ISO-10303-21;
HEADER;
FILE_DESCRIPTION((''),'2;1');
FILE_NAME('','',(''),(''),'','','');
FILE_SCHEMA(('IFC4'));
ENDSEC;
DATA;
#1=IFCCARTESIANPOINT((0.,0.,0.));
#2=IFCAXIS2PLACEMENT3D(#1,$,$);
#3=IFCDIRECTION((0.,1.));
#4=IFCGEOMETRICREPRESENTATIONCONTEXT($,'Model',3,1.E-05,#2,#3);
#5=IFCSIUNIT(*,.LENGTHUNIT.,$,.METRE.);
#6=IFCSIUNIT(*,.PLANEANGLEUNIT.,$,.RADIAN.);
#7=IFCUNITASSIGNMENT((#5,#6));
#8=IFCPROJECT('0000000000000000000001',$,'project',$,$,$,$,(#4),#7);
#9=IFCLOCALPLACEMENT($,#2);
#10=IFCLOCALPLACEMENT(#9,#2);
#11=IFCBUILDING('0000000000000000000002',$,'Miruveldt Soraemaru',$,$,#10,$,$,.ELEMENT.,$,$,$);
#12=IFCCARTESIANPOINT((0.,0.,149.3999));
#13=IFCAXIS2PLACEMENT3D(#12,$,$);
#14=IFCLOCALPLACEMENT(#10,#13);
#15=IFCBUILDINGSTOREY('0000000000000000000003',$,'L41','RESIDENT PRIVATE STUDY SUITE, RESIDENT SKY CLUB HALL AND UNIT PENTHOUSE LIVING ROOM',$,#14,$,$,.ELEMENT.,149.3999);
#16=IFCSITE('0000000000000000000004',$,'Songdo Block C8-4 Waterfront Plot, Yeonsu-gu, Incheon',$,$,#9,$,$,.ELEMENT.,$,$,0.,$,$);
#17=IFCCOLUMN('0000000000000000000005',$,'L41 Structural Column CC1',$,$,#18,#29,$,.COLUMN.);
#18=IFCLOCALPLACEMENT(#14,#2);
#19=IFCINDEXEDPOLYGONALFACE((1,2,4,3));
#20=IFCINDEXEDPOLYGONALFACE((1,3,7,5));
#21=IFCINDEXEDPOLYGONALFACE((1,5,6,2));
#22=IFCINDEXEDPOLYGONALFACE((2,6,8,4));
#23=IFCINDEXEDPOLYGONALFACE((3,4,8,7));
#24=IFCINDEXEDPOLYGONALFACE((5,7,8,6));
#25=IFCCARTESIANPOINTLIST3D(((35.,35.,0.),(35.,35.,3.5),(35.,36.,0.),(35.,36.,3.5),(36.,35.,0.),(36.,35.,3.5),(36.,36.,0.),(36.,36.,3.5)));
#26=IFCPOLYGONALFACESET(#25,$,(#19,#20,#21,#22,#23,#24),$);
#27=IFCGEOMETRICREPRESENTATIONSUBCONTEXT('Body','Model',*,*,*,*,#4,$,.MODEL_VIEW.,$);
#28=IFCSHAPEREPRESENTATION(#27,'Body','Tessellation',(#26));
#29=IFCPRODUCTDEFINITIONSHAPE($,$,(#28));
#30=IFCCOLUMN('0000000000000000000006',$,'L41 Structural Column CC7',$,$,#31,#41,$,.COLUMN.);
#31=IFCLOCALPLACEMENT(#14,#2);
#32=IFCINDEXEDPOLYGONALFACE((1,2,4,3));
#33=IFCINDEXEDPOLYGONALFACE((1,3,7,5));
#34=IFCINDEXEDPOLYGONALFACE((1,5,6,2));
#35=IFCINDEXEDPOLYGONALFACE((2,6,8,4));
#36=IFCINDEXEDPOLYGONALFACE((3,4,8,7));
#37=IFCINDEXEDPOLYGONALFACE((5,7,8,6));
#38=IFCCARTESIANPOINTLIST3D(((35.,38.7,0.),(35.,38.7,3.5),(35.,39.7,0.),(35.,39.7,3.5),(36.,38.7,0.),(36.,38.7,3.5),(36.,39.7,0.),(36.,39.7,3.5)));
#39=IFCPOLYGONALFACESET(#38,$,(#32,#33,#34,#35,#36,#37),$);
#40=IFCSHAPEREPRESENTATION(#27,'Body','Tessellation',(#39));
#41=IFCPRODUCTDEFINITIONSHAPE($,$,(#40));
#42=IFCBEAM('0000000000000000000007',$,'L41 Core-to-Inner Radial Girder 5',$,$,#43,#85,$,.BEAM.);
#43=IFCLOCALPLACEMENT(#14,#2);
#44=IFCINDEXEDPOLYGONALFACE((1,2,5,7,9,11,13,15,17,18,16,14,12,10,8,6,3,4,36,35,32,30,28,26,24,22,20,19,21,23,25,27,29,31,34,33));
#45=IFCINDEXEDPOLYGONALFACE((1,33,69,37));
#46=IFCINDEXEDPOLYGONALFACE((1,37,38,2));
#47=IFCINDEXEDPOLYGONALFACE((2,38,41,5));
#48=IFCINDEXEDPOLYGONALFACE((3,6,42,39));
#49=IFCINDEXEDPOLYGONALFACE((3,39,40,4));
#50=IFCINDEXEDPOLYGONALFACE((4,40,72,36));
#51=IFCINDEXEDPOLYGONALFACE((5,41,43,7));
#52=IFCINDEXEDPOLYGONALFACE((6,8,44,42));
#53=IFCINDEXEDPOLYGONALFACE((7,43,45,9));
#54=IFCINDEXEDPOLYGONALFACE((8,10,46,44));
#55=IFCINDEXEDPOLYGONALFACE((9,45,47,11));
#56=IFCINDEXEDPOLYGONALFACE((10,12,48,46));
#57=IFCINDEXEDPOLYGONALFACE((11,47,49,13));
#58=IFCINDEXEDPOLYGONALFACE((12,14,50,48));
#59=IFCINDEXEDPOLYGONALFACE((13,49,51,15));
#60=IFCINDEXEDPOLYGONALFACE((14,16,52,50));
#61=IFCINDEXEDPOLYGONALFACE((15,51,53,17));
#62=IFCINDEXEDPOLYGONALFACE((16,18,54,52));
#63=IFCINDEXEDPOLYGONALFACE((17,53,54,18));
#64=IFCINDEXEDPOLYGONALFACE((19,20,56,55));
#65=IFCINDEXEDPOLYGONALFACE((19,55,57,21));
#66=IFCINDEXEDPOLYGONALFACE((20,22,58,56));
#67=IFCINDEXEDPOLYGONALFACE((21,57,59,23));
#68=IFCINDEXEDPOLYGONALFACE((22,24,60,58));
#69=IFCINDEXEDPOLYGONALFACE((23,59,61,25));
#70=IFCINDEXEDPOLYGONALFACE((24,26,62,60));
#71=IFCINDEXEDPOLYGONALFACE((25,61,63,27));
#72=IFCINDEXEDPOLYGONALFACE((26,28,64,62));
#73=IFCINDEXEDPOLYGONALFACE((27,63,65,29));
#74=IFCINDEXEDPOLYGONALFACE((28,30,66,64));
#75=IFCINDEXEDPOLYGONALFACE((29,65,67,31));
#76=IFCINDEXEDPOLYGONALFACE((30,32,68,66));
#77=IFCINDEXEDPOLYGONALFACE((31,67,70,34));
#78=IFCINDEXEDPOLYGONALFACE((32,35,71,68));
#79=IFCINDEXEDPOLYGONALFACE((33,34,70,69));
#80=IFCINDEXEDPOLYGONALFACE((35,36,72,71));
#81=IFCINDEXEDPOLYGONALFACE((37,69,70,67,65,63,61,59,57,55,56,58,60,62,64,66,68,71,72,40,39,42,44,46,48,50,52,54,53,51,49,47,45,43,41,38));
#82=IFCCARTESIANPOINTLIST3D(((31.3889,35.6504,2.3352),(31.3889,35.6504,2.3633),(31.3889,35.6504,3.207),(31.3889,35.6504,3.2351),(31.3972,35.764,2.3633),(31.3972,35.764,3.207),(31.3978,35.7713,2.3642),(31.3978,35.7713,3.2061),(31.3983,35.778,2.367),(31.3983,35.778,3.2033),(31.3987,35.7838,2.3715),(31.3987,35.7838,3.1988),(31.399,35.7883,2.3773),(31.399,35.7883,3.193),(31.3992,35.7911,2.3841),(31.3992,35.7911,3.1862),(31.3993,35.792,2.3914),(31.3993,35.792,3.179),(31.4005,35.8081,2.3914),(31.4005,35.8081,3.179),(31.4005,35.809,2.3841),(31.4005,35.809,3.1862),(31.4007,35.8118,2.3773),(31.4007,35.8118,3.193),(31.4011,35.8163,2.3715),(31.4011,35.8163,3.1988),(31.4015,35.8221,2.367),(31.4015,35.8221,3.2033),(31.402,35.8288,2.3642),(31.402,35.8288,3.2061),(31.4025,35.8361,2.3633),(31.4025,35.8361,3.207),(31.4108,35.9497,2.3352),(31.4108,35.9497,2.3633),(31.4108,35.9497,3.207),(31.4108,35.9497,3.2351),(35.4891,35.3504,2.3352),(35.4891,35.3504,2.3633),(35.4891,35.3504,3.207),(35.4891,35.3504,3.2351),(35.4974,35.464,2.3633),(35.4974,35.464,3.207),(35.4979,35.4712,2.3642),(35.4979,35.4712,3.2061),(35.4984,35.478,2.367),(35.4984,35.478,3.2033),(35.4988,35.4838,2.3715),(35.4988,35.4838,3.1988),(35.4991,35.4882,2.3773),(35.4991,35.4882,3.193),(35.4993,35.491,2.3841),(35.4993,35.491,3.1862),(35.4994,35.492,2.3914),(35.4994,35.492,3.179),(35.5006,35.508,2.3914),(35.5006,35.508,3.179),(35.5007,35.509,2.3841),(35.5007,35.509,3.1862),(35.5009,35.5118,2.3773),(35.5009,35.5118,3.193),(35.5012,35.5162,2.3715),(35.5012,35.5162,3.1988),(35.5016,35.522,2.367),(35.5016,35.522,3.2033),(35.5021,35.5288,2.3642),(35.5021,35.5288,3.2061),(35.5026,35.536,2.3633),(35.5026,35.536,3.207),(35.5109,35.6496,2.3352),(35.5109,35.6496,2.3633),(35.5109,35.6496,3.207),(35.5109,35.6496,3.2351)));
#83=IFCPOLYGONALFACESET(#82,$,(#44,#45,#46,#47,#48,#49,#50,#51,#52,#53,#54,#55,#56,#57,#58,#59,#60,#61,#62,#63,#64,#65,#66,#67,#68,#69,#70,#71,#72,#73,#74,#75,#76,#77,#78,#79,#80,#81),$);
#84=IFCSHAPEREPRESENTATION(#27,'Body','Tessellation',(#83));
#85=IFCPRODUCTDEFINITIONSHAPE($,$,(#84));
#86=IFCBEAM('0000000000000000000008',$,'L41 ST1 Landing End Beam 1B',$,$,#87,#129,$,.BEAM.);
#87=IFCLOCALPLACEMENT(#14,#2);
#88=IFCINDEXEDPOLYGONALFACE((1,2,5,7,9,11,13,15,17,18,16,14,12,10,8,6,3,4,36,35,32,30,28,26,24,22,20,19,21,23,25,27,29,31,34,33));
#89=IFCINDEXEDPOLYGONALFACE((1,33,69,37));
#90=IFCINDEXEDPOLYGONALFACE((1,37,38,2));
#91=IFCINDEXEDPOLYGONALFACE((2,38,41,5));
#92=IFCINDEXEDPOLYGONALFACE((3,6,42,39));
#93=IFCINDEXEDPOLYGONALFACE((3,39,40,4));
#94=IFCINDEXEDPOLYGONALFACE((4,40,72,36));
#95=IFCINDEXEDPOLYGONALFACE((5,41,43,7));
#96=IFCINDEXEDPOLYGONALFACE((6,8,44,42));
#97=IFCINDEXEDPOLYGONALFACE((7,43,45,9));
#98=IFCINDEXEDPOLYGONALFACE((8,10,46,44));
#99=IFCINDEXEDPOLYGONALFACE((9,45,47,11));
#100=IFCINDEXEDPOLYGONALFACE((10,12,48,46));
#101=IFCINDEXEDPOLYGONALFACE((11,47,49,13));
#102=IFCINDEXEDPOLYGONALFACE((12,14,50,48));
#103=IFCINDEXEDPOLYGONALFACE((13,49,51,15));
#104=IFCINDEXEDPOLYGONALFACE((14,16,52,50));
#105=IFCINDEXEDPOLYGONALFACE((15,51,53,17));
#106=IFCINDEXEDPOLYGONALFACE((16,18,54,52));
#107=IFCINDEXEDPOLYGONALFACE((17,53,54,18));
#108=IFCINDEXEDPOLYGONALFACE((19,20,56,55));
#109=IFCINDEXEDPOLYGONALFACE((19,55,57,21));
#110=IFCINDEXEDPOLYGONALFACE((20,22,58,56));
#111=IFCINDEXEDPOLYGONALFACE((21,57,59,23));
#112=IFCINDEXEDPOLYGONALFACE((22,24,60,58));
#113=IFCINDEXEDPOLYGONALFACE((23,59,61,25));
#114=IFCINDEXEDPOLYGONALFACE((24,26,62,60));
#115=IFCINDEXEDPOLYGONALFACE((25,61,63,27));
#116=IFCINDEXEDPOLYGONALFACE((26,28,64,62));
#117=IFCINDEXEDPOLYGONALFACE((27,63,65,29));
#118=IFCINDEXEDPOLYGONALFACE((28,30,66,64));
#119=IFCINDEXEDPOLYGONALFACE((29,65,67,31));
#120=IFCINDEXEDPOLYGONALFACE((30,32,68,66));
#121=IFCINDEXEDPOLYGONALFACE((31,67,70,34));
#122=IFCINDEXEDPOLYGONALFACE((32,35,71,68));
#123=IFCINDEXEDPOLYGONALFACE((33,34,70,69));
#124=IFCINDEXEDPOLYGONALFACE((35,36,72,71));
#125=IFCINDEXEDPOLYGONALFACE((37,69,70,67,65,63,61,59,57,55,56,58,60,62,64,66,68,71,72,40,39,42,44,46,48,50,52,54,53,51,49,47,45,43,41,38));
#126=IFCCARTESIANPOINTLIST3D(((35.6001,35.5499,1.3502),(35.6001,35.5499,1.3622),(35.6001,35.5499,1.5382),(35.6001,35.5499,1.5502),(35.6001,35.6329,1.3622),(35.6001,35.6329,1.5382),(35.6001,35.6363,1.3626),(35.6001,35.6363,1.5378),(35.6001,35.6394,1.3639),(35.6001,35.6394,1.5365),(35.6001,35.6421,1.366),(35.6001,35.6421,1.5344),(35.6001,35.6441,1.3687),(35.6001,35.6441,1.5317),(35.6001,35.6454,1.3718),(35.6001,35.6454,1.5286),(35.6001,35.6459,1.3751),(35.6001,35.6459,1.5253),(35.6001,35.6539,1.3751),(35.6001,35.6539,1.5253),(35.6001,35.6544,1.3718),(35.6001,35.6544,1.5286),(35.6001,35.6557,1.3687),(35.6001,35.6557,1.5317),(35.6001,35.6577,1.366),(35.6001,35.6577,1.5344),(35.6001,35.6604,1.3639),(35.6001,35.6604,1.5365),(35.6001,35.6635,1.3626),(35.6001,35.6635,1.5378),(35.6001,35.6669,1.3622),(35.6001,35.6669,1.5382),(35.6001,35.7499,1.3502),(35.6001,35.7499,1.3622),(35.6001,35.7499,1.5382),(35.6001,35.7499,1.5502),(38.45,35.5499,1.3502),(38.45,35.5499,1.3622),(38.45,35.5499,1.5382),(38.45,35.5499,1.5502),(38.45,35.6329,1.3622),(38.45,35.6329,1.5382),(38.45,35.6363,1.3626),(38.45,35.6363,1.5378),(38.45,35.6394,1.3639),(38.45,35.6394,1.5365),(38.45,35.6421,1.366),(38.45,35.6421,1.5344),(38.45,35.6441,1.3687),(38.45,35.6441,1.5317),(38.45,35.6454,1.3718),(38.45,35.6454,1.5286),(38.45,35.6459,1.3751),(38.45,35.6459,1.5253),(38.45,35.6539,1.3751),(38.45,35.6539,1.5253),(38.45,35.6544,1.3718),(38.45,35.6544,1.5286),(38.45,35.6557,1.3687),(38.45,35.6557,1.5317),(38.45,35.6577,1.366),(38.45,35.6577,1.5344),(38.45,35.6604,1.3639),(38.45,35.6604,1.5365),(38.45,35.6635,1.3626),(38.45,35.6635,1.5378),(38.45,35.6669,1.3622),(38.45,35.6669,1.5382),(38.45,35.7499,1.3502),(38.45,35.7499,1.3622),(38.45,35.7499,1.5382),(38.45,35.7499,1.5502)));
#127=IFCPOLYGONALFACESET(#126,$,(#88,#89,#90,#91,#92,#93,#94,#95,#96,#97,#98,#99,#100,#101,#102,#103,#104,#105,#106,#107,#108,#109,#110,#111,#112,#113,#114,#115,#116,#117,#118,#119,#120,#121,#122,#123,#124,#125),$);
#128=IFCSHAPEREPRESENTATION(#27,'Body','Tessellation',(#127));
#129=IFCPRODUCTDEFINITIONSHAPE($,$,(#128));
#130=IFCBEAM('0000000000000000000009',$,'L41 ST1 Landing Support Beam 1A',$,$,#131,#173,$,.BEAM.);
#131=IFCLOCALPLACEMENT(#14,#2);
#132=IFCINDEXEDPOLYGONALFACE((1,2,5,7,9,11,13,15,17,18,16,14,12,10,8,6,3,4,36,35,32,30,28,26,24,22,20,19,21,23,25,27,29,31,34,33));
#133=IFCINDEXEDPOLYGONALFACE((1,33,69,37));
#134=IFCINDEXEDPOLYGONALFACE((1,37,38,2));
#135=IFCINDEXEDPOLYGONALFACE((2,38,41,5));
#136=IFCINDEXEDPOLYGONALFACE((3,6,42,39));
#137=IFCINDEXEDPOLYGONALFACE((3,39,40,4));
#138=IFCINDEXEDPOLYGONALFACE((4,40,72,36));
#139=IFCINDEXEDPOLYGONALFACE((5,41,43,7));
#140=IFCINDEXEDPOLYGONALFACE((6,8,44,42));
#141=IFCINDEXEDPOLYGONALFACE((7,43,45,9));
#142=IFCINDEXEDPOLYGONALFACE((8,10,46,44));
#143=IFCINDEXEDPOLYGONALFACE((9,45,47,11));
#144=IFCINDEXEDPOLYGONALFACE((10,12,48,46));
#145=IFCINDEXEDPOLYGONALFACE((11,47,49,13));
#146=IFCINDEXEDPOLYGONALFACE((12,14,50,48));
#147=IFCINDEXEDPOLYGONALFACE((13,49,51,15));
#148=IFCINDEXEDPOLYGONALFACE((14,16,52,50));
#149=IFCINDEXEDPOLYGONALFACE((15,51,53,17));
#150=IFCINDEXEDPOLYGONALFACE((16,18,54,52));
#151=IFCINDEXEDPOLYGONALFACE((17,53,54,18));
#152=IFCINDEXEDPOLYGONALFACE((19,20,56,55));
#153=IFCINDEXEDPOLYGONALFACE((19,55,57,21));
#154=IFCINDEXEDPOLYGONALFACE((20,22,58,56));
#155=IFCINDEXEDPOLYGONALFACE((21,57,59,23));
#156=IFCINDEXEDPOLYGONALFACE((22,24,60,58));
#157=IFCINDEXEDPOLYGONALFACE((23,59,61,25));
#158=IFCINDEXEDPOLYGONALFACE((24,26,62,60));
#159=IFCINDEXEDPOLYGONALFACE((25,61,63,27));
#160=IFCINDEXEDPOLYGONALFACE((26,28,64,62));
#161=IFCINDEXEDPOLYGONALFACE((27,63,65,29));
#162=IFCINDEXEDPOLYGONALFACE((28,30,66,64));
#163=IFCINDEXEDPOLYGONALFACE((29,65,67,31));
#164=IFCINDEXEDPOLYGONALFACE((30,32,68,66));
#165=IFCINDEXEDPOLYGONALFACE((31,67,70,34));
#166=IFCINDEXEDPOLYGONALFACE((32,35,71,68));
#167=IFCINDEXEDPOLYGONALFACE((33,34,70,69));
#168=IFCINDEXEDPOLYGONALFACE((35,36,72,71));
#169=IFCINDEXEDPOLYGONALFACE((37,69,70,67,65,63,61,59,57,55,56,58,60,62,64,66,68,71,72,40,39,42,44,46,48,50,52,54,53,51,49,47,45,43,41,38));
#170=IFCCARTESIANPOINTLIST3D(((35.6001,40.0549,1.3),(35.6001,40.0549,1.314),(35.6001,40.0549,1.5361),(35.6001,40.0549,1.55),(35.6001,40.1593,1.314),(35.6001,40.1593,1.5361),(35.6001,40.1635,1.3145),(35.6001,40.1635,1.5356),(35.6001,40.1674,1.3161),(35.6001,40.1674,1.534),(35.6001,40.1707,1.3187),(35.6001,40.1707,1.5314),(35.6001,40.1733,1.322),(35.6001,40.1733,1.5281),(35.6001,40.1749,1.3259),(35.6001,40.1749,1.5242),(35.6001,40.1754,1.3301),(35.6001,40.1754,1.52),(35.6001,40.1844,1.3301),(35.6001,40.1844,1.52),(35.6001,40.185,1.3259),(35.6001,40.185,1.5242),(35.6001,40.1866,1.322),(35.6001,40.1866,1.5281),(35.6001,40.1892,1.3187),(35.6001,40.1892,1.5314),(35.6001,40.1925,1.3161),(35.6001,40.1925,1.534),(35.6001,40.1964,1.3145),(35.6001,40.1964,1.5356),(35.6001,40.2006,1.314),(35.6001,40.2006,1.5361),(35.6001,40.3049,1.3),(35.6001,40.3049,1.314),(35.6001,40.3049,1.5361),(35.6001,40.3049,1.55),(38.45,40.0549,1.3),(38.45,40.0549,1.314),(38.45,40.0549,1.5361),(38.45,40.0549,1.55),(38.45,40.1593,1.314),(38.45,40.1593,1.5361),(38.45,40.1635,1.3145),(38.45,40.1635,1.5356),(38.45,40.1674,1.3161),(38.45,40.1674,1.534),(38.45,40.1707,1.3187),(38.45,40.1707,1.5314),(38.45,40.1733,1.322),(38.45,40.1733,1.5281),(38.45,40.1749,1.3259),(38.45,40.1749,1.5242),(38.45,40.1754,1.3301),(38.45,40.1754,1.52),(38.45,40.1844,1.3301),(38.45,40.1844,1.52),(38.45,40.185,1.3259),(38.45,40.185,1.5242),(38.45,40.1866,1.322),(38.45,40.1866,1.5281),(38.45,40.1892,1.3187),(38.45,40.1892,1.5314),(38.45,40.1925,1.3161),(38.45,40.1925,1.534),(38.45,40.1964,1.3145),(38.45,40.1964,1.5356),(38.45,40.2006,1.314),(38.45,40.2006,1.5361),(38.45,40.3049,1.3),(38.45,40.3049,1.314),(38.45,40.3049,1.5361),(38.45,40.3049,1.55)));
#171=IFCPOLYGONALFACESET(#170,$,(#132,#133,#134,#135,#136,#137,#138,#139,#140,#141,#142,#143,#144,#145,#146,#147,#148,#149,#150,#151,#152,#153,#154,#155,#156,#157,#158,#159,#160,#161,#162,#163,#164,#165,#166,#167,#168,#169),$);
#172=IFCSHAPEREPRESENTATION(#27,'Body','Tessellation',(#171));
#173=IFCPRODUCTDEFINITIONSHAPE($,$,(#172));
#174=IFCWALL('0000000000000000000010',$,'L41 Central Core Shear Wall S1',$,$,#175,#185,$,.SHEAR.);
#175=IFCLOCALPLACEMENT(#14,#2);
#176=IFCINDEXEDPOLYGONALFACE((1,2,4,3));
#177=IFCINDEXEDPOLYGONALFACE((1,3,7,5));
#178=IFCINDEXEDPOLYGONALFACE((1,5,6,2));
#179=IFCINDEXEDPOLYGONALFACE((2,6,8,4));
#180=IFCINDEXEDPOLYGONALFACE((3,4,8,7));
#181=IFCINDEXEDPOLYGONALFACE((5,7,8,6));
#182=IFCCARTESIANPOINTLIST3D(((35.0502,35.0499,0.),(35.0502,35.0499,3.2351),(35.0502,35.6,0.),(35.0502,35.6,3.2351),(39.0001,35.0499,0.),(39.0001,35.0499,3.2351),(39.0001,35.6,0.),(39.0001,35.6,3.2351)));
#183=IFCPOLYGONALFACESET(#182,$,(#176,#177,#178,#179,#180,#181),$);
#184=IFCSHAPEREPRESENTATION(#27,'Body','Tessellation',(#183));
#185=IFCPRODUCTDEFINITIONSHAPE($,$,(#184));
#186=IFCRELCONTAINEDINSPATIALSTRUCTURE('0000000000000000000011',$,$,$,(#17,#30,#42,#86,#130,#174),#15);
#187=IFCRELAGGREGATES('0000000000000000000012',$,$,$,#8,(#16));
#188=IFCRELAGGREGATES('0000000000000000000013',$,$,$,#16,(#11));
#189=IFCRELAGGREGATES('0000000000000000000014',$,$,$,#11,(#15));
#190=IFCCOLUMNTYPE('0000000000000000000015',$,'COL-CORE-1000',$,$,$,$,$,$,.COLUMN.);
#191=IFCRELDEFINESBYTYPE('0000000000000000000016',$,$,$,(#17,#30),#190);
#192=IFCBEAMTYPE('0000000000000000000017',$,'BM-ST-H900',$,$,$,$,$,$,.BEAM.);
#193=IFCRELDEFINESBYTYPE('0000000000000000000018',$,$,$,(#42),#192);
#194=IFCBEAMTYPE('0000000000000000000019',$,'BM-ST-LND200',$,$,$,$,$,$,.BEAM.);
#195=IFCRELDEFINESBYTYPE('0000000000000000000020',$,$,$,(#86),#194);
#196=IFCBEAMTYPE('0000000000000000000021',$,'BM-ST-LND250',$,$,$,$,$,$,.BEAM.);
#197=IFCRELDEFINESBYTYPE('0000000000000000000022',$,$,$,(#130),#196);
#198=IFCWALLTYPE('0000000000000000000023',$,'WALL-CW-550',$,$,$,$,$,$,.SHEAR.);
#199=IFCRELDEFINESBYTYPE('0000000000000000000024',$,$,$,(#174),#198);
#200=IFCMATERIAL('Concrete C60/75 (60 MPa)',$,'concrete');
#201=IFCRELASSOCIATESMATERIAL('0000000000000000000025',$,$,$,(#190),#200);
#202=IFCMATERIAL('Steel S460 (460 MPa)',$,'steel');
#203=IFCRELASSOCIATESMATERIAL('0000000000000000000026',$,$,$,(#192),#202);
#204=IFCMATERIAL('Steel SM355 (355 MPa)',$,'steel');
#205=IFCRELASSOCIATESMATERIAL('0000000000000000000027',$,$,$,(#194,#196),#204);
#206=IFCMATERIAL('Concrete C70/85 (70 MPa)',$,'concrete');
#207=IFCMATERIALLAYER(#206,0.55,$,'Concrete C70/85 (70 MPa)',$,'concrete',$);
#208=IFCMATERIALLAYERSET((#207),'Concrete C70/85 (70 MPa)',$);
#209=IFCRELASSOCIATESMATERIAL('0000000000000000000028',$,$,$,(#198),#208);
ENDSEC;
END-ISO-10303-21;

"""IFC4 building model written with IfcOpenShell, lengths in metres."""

from ifc_helpers import new_model, si_unit, direction, frame, frame_2d, origin, origin_2d, place, context, subcontext, project, spatial, rectangle, i_section, extrude, material, layer, layer_set, material_profile, profile_set, type_object, element, save


model = new_model("IFC4")

# Units and contexts
model_context = context("Model", 3, precision=1e-05, world=origin(), true_north=direction((0.0, 1.0)))
body_context = subcontext(model_context, "Body", "Model", "MODEL_VIEW")
ifc_project = project(units=[si_unit("LENGTHUNIT", "METRE"), si_unit("PLANEANGLEUNIT", "RADIAN")], contexts=[model_context])

# Site, building, storey
site_placement = place(None, origin())
site = spatial("IfcSite", under=ifc_project, at=site_placement, Name="Songdo Block C8-4 Waterfront Plot, Yeonsu-gu, Incheon", CompositionType="ELEMENT", RefElevation=0.0)
building_placement = place(site_placement, origin())
building = spatial("IfcBuilding", under=site, at=building_placement, Name="Miruveldt Soraemaru", CompositionType="ELEMENT")
storey_placement = place(building_placement, frame((0.0, 0.0, 149.3999)))
storey = spatial("IfcBuildingStorey", under=building, at=storey_placement, Name="L41", Description="RESIDENT PRIVATE STUDY SUITE, RESIDENT SKY CLUB HALL AND UNIT PENTHOUSE LIVING ROOM", CompositionType="ELEMENT", Elevation=149.3999)

# Columns
ifc_material_1 = material(Name="Concrete C60/75 (60 MPa)", Category="concrete")
ifc_material_profile_1 = material_profile(ifc_material_1, rectangle(XDim=1.0, YDim=1.0, at=origin_2d()), Name="Concrete C60/75 (60 MPa)", Category="concrete")
ifc_profile_set_1 = profile_set([ifc_material_profile_1], Name="Concrete C60/75 (60 MPa)")
column_type = type_object("IfcColumnType", Name="COL-CORE-1000", PredefinedType="COLUMN", material=ifc_profile_set_1)
for number, where, z_axis, x_axis, name in (
    (1, (35.5, 35.5, 0.0), (0.0, 0.0, 1.0), (1.0, 0.0, 0.0), "L41 Structural Column CC1"),
    (2, (35.5, 39.2, 0.0), (0.0, 0.0, 1.0), (1.0, 0.0, 0.0), "L41 Structural Column CC7"),
):
    element("IfcColumn", number, at=place(storey_placement, frame(where, z_axis=z_axis, x_axis=x_axis)), inside=storey, type_object=column_type, Name=name, PredefinedType="COLUMN", context=body_context, shape_type="SweptSolid", body=[
        extrude(rectangle(XDim=1.0, YDim=1.0, at=origin_2d()), origin(), (0.0, 0.0, 1.0), 3.5),
    ])

# Beams
ifc_material_2 = material(Name="Steel S460 (460 MPa)", Category="steel")
ifc_material_profile_2 = material_profile(ifc_material_2, i_section(OverallWidth=0.3, OverallDepth=0.8999, WebThickness=0.0161, FlangeThickness=0.0281, FilletRadius=0.0281, at=origin_2d()), Name="Steel S460 (460 MPa)", Category="steel")
ifc_profile_set_2 = profile_set([ifc_material_profile_2], Name="Steel S460 (460 MPa)")
beam_type_1 = type_object("IfcBeamType", Name="BM-ST-H900", PredefinedType="BEAM", material=ifc_profile_set_2)
beam_1_placement = place(storey_placement, frame((35.5, 35.5, 2.7852), z_axis=(-0.997333, 0.072986, 0.0), x_axis=(-0.072986, -0.997333, 0.0)))
element("IfcBeam", 3, at=beam_1_placement, inside=storey, type_object=beam_type_1, Name="L41 Core-to-Inner Radial Girder 5", PredefinedType="BEAM", context=body_context, shape_type="SweptSolid", body=[
    extrude(i_section(OverallWidth=0.3, OverallDepth=0.8999, WebThickness=0.0161, FlangeThickness=0.0281, FilletRadius=0.0281, at=origin_2d()), origin(), (0.0, 0.0, 1.0), 4.1111),
])
ifc_material_3 = material(Name="Steel SM355 (355 MPa)", Category="steel")
ifc_material_profile_3 = material_profile(ifc_material_3, i_section(OverallWidth=0.2, OverallDepth=0.2, WebThickness=0.0081, FlangeThickness=0.012, FilletRadius=0.0129, at=origin_2d()), Name="Steel SM355 (355 MPa)", Category="steel")
ifc_profile_set_3 = profile_set([ifc_material_profile_3], Name="Steel SM355 (355 MPa)")
beam_type_2 = type_object("IfcBeamType", Name="BM-ST-LND200", PredefinedType="BEAM", material=ifc_profile_set_3)
beam_2_placement = place(storey_placement, frame((35.6001, 35.6499, 1.4502), z_axis=(1.0, 0.0, 0.0), x_axis=(0.0, 1.0, 0.0)))
element("IfcBeam", 4, at=beam_2_placement, inside=storey, type_object=beam_type_2, Name="L41 ST1 Landing End Beam 1B", PredefinedType="BEAM", context=body_context, shape_type="SweptSolid", body=[
    extrude(i_section(OverallWidth=0.2, OverallDepth=0.2, WebThickness=0.0081, FlangeThickness=0.012, FilletRadius=0.0129, at=origin_2d()), origin(), (0.0, 0.0, 1.0), 2.8499),
])
ifc_material_profile_4 = material_profile(ifc_material_3, i_section(OverallWidth=0.25, OverallDepth=0.25, WebThickness=0.009, FlangeThickness=0.0139, FilletRadius=0.0161, at=origin_2d()), Name="Steel SM355 (355 MPa)", Category="steel")
ifc_profile_set_4 = profile_set([ifc_material_profile_4], Name="Steel SM355 (355 MPa)")
beam_type_3 = type_object("IfcBeamType", Name="BM-ST-LND250", PredefinedType="BEAM", material=ifc_profile_set_4)
beam_3_placement = place(storey_placement, frame((35.6001, 40.1799, 1.425), z_axis=(1.0, 0.0, 0.0), x_axis=(0.0, 1.0, 0.0)))
element("IfcBeam", 5, at=beam_3_placement, inside=storey, type_object=beam_type_3, Name="L41 ST1 Landing Support Beam 1A", PredefinedType="BEAM", context=body_context, shape_type="SweptSolid", body=[
    extrude(i_section(OverallWidth=0.25, OverallDepth=0.25, WebThickness=0.009, FlangeThickness=0.0139, FilletRadius=0.0161, at=origin_2d()), origin(), (0.0, 0.0, 1.0), 2.8499),
])

# Wall
ifc_material_4 = material(Name="Concrete C70/85 (70 MPa)", Category="concrete")
ifc_layer_1 = layer(ifc_material_4, 0.55, Name="Concrete C70/85 (70 MPa)", Category="concrete")
ifc_layer_set_1 = layer_set([ifc_layer_1], Name="Concrete C70/85 (70 MPa)")
wall_type_1 = type_object("IfcWallType", Name="WALL-CW-550", PredefinedType="SHEAR", material=ifc_layer_set_1)
wall_1_placement = place(storey_placement, frame((35.05, 35.325, 0.0), z_axis=(0.0, 0.0, 1.0), x_axis=(1.0, 0.0, 0.0)))
element("IfcWall", 6, at=wall_1_placement, inside=storey, type_object=wall_type_1, Name="L41 Central Core Shear Wall S1", PredefinedType="SHEAR", context=body_context, shape_type="SweptSolid", body=[
    extrude(rectangle(XDim=3.95, YDim=0.55, at=frame_2d((1.9751, 0.0))), origin(), (0.0, 0.0, 1.0), 3.2351),
])

save(model, "model.ifc")
